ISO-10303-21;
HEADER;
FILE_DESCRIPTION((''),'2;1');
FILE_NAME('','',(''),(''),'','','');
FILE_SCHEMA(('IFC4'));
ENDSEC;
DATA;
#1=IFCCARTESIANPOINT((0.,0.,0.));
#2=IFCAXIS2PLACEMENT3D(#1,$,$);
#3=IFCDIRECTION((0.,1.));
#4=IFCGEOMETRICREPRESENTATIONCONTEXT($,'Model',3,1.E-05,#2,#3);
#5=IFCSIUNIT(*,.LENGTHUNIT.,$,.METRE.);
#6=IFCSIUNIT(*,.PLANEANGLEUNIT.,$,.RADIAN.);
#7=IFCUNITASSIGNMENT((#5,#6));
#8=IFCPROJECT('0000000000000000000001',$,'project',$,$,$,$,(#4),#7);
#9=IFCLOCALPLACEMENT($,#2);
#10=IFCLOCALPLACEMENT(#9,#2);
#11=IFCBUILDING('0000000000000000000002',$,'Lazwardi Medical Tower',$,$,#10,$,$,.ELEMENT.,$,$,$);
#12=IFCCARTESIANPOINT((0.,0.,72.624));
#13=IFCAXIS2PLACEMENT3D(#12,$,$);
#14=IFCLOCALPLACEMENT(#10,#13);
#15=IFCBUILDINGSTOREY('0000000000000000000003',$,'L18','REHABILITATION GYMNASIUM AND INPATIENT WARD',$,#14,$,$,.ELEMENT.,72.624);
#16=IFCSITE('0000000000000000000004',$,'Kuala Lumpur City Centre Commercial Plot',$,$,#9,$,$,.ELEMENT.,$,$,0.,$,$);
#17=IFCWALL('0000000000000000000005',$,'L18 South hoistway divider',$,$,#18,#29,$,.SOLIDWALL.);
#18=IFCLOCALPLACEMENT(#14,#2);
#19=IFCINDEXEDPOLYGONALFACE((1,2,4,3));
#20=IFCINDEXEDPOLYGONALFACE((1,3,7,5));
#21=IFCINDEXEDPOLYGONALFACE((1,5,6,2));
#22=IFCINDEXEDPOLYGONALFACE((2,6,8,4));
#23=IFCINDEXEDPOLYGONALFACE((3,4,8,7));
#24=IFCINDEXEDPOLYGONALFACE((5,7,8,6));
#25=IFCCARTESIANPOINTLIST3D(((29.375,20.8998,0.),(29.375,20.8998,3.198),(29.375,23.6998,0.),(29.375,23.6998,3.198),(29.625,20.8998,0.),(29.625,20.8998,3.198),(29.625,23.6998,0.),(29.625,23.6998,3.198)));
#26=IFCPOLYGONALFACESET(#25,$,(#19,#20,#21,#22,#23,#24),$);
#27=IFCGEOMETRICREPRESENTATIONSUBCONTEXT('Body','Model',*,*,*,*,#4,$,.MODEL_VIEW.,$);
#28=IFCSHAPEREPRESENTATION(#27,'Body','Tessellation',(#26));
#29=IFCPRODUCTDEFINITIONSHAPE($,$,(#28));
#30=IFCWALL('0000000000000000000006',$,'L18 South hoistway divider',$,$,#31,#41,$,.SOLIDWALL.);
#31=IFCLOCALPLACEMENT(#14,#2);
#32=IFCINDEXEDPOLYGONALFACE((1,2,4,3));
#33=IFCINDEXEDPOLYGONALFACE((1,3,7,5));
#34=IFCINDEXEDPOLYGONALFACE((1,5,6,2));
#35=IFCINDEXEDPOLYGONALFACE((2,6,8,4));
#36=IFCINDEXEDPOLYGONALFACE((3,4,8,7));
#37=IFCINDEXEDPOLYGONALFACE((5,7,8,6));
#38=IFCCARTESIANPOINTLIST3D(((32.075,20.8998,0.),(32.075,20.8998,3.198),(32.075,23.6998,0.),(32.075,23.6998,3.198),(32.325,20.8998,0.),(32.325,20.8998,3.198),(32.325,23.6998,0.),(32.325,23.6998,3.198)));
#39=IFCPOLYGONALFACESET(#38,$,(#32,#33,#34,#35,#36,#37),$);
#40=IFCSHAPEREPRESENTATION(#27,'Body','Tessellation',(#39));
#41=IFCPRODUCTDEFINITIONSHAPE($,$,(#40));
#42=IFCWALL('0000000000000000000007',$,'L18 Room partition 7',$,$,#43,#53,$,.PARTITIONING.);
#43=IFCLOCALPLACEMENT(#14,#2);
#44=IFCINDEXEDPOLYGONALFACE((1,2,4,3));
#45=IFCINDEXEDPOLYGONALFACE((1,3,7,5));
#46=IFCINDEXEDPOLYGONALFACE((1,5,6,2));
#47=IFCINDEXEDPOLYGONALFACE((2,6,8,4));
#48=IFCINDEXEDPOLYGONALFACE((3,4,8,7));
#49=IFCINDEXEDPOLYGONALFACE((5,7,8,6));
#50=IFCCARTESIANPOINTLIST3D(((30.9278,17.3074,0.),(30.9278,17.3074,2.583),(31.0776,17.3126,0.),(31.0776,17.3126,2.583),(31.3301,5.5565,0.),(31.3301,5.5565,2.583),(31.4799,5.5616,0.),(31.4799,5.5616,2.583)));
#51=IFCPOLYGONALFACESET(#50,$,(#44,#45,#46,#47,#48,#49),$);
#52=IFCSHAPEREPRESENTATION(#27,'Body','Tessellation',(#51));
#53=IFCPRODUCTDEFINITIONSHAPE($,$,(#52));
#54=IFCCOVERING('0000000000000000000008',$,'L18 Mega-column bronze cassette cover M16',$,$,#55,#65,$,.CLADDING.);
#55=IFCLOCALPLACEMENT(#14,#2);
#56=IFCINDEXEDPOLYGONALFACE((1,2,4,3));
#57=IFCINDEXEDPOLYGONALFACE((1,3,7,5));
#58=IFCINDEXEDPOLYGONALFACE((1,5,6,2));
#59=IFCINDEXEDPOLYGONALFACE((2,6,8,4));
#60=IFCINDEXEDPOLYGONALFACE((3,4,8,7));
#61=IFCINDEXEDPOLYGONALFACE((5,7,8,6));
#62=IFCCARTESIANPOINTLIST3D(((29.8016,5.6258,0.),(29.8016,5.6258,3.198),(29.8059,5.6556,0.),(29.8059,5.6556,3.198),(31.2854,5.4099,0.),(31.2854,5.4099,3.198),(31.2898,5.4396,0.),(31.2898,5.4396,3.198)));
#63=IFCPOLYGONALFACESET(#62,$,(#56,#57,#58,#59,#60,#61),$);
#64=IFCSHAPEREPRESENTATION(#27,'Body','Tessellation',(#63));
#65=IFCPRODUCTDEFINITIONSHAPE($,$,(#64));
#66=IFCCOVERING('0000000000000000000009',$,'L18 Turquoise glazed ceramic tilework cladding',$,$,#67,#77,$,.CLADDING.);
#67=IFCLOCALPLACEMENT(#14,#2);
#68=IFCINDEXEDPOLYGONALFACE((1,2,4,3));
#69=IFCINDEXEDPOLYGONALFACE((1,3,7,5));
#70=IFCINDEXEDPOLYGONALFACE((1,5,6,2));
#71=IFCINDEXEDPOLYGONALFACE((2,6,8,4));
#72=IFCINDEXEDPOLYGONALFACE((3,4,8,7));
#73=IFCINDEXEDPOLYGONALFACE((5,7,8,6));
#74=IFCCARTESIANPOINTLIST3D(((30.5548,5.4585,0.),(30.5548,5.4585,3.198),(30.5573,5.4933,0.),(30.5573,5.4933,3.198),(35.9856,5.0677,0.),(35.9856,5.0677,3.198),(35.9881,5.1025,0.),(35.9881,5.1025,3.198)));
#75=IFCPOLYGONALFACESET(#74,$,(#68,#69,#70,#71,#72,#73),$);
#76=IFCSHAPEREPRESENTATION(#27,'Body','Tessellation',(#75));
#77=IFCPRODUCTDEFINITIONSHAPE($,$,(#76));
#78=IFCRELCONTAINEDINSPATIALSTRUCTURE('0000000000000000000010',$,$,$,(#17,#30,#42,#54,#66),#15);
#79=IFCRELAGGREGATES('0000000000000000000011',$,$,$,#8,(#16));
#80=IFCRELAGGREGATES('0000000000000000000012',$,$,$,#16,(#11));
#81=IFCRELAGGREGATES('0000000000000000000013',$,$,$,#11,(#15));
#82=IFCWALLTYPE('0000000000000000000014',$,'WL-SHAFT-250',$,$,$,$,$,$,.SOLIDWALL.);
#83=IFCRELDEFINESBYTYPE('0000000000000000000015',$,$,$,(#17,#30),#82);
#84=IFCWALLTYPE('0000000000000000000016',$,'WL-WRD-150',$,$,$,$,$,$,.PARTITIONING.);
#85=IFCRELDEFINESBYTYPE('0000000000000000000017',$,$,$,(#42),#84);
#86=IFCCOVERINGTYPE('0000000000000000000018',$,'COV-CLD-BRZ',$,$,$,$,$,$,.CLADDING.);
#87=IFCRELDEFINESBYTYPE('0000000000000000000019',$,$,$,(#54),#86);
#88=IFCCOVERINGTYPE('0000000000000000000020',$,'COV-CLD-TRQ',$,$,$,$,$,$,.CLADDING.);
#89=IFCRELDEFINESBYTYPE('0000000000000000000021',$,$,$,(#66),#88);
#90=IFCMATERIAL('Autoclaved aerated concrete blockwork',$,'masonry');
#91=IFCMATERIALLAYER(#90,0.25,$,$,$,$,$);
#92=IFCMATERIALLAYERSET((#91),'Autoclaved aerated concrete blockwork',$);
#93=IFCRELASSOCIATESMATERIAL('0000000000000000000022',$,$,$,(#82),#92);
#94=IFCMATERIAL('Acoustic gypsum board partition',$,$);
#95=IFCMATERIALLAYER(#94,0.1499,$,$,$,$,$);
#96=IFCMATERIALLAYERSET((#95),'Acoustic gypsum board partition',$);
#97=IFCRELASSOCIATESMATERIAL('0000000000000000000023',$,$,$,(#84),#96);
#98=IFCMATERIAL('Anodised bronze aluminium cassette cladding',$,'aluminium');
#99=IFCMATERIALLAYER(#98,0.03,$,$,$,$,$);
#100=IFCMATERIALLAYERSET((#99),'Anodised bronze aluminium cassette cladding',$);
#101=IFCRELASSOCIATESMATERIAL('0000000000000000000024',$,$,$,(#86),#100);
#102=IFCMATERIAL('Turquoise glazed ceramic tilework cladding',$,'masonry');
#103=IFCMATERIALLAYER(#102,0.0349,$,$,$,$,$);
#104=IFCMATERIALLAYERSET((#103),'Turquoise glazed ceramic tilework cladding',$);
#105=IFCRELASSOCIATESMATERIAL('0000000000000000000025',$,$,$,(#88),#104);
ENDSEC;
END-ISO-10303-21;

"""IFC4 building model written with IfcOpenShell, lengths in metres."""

from ifc_helpers import new_model, si_unit, direction, frame, frame_2d, origin, origin_2d, place, context, subcontext, project, spatial, rectangle, extrude, material, layer, layer_set, type_object, element, save


model = new_model("IFC4")

# Units and contexts
model_context = context("Model", 3, precision=1e-05, world=origin(), true_north=direction((0.0, 1.0)))
body_context = subcontext(model_context, "Body", "Model", "MODEL_VIEW")
ifc_project = project(units=[si_unit("LENGTHUNIT", "METRE"), si_unit("PLANEANGLEUNIT", "RADIAN")], contexts=[model_context])

# Site, building, storey
site_placement = place(None, origin())
site = spatial("IfcSite", under=ifc_project, at=site_placement, Name="Kuala Lumpur City Centre Commercial Plot", CompositionType="ELEMENT", RefElevation=0.0)
building_placement = place(site_placement, origin())
building = spatial("IfcBuilding", under=site, at=building_placement, Name="Lazwardi Medical Tower", CompositionType="ELEMENT")
storey_placement = place(building_placement, frame((0.0, 0.0, 72.624)))
storey = spatial("IfcBuildingStorey", under=building, at=storey_placement, Name="L18", Description="REHABILITATION GYMNASIUM AND INPATIENT WARD", CompositionType="ELEMENT", Elevation=72.624)

# Walls
ifc_material_1 = material(Name="Autoclaved aerated concrete blockwork", Category="masonry")
ifc_layer_1 = layer(ifc_material_1, 0.25)
ifc_layer_set_1 = layer_set([ifc_layer_1], Name="Autoclaved aerated concrete blockwork")
wall_type_1 = type_object("IfcWallType", Name="WL-SHAFT-250", PredefinedType="SOLIDWALL", material=ifc_layer_set_1)
for number, where, z_axis, x_axis, name in (
    (1, (29.5, 20.8999, 0.0), (0.0, 0.0, 1.0), (0.0, 1.0, 0.0), "L18 South hoistway divider"),
    (2, (32.2, 20.8999, 0.0), (0.0, 0.0, 1.0), (0.0, 1.0, 0.0), "L18 South hoistway divider"),
):
    element("IfcWall", number, at=place(storey_placement, frame(where, z_axis=z_axis, x_axis=x_axis)), inside=storey, type_object=wall_type_1, Name=name, PredefinedType="SOLIDWALL", context=body_context, shape_type="SweptSolid", body=[
        extrude(rectangle(XDim=2.8, YDim=0.25, at=frame_2d((1.3999, 0.0))), origin(), (0.0, 0.0, 1.0), 3.198),
    ])
ifc_material_2 = material(Name="Acoustic gypsum board partition")
ifc_layer_2 = layer(ifc_material_2, 0.1499)
ifc_layer_set_2 = layer_set([ifc_layer_2], Name="Acoustic gypsum board partition")
wall_type_2 = type_object("IfcWallType", Name="WL-WRD-150", PredefinedType="PARTITIONING", material=ifc_layer_set_2)
wall_1_placement = place(storey_placement, frame((31.405, 5.5591, 0.0), z_axis=(0.0, 0.0, 1.0), x_axis=(-0.034219, 0.999414, 0.0)))
element("IfcWall", 3, at=wall_1_placement, inside=storey, type_object=wall_type_2, Name="L18 Room partition 7", PredefinedType="PARTITIONING", context=body_context, shape_type="SweptSolid", body=[
    extrude(rectangle(XDim=11.7578, YDim=0.1499, at=frame_2d((5.8789, 0.0))), origin(), (0.0, 0.0, 1.0), 2.583),
])

# Coverings
ifc_material_3 = material(Name="Anodised bronze aluminium cassette cladding", Category="aluminium")
ifc_layer_3 = layer(ifc_material_3, 0.03)
ifc_layer_set_3 = layer_set([ifc_layer_3], Name="Anodised bronze aluminium cassette cladding")
covering_type_1 = type_object("IfcCoveringType", Name="COV-CLD-BRZ", PredefinedType="CLADDING", material=ifc_layer_set_3)
covering_1_placement = place(storey_placement, frame((30.5457, 5.5327, 0.0), z_axis=(0.0, 0.0, 1.0), x_axis=(0.989573, -0.144035, 0.0)))
element("IfcCovering", 4, at=covering_1_placement, inside=storey, type_object=covering_type_1, Name="L18 Mega-column bronze cassette cover M16", PredefinedType="CLADDING", context=body_context, shape_type="SweptSolid", body=[
    extrude(rectangle(XDim=1.4995, YDim=0.03, at=origin_2d()), origin(), (0.0, 0.0, 1.0), 3.198),
])
ifc_material_4 = material(Name="Turquoise glazed ceramic tilework cladding", Category="masonry")
ifc_layer_4 = layer(ifc_material_4, 0.0349)
ifc_layer_set_4 = layer_set([ifc_layer_4], Name="Turquoise glazed ceramic tilework cladding")
covering_type_2 = type_object("IfcCoveringType", Name="COV-CLD-TRQ", PredefinedType="CLADDING", material=ifc_layer_set_4)
covering_2_placement = place(storey_placement, frame((33.2715, 5.2805, 0.0), z_axis=(0.0, 0.0, 1.0), x_axis=(0.997421, -0.071774, 0.0)))
element("IfcCovering", 5, at=covering_2_placement, inside=storey, type_object=covering_type_2, Name="L18 Turquoise glazed ceramic tilework cladding", PredefinedType="CLADDING", context=body_context, shape_type="SweptSolid", body=[
    extrude(rectangle(XDim=5.4448, YDim=0.0349, at=origin_2d()), origin(), (0.0, 0.0, 1.0), 3.198),
])

save(model, "model.ifc")
